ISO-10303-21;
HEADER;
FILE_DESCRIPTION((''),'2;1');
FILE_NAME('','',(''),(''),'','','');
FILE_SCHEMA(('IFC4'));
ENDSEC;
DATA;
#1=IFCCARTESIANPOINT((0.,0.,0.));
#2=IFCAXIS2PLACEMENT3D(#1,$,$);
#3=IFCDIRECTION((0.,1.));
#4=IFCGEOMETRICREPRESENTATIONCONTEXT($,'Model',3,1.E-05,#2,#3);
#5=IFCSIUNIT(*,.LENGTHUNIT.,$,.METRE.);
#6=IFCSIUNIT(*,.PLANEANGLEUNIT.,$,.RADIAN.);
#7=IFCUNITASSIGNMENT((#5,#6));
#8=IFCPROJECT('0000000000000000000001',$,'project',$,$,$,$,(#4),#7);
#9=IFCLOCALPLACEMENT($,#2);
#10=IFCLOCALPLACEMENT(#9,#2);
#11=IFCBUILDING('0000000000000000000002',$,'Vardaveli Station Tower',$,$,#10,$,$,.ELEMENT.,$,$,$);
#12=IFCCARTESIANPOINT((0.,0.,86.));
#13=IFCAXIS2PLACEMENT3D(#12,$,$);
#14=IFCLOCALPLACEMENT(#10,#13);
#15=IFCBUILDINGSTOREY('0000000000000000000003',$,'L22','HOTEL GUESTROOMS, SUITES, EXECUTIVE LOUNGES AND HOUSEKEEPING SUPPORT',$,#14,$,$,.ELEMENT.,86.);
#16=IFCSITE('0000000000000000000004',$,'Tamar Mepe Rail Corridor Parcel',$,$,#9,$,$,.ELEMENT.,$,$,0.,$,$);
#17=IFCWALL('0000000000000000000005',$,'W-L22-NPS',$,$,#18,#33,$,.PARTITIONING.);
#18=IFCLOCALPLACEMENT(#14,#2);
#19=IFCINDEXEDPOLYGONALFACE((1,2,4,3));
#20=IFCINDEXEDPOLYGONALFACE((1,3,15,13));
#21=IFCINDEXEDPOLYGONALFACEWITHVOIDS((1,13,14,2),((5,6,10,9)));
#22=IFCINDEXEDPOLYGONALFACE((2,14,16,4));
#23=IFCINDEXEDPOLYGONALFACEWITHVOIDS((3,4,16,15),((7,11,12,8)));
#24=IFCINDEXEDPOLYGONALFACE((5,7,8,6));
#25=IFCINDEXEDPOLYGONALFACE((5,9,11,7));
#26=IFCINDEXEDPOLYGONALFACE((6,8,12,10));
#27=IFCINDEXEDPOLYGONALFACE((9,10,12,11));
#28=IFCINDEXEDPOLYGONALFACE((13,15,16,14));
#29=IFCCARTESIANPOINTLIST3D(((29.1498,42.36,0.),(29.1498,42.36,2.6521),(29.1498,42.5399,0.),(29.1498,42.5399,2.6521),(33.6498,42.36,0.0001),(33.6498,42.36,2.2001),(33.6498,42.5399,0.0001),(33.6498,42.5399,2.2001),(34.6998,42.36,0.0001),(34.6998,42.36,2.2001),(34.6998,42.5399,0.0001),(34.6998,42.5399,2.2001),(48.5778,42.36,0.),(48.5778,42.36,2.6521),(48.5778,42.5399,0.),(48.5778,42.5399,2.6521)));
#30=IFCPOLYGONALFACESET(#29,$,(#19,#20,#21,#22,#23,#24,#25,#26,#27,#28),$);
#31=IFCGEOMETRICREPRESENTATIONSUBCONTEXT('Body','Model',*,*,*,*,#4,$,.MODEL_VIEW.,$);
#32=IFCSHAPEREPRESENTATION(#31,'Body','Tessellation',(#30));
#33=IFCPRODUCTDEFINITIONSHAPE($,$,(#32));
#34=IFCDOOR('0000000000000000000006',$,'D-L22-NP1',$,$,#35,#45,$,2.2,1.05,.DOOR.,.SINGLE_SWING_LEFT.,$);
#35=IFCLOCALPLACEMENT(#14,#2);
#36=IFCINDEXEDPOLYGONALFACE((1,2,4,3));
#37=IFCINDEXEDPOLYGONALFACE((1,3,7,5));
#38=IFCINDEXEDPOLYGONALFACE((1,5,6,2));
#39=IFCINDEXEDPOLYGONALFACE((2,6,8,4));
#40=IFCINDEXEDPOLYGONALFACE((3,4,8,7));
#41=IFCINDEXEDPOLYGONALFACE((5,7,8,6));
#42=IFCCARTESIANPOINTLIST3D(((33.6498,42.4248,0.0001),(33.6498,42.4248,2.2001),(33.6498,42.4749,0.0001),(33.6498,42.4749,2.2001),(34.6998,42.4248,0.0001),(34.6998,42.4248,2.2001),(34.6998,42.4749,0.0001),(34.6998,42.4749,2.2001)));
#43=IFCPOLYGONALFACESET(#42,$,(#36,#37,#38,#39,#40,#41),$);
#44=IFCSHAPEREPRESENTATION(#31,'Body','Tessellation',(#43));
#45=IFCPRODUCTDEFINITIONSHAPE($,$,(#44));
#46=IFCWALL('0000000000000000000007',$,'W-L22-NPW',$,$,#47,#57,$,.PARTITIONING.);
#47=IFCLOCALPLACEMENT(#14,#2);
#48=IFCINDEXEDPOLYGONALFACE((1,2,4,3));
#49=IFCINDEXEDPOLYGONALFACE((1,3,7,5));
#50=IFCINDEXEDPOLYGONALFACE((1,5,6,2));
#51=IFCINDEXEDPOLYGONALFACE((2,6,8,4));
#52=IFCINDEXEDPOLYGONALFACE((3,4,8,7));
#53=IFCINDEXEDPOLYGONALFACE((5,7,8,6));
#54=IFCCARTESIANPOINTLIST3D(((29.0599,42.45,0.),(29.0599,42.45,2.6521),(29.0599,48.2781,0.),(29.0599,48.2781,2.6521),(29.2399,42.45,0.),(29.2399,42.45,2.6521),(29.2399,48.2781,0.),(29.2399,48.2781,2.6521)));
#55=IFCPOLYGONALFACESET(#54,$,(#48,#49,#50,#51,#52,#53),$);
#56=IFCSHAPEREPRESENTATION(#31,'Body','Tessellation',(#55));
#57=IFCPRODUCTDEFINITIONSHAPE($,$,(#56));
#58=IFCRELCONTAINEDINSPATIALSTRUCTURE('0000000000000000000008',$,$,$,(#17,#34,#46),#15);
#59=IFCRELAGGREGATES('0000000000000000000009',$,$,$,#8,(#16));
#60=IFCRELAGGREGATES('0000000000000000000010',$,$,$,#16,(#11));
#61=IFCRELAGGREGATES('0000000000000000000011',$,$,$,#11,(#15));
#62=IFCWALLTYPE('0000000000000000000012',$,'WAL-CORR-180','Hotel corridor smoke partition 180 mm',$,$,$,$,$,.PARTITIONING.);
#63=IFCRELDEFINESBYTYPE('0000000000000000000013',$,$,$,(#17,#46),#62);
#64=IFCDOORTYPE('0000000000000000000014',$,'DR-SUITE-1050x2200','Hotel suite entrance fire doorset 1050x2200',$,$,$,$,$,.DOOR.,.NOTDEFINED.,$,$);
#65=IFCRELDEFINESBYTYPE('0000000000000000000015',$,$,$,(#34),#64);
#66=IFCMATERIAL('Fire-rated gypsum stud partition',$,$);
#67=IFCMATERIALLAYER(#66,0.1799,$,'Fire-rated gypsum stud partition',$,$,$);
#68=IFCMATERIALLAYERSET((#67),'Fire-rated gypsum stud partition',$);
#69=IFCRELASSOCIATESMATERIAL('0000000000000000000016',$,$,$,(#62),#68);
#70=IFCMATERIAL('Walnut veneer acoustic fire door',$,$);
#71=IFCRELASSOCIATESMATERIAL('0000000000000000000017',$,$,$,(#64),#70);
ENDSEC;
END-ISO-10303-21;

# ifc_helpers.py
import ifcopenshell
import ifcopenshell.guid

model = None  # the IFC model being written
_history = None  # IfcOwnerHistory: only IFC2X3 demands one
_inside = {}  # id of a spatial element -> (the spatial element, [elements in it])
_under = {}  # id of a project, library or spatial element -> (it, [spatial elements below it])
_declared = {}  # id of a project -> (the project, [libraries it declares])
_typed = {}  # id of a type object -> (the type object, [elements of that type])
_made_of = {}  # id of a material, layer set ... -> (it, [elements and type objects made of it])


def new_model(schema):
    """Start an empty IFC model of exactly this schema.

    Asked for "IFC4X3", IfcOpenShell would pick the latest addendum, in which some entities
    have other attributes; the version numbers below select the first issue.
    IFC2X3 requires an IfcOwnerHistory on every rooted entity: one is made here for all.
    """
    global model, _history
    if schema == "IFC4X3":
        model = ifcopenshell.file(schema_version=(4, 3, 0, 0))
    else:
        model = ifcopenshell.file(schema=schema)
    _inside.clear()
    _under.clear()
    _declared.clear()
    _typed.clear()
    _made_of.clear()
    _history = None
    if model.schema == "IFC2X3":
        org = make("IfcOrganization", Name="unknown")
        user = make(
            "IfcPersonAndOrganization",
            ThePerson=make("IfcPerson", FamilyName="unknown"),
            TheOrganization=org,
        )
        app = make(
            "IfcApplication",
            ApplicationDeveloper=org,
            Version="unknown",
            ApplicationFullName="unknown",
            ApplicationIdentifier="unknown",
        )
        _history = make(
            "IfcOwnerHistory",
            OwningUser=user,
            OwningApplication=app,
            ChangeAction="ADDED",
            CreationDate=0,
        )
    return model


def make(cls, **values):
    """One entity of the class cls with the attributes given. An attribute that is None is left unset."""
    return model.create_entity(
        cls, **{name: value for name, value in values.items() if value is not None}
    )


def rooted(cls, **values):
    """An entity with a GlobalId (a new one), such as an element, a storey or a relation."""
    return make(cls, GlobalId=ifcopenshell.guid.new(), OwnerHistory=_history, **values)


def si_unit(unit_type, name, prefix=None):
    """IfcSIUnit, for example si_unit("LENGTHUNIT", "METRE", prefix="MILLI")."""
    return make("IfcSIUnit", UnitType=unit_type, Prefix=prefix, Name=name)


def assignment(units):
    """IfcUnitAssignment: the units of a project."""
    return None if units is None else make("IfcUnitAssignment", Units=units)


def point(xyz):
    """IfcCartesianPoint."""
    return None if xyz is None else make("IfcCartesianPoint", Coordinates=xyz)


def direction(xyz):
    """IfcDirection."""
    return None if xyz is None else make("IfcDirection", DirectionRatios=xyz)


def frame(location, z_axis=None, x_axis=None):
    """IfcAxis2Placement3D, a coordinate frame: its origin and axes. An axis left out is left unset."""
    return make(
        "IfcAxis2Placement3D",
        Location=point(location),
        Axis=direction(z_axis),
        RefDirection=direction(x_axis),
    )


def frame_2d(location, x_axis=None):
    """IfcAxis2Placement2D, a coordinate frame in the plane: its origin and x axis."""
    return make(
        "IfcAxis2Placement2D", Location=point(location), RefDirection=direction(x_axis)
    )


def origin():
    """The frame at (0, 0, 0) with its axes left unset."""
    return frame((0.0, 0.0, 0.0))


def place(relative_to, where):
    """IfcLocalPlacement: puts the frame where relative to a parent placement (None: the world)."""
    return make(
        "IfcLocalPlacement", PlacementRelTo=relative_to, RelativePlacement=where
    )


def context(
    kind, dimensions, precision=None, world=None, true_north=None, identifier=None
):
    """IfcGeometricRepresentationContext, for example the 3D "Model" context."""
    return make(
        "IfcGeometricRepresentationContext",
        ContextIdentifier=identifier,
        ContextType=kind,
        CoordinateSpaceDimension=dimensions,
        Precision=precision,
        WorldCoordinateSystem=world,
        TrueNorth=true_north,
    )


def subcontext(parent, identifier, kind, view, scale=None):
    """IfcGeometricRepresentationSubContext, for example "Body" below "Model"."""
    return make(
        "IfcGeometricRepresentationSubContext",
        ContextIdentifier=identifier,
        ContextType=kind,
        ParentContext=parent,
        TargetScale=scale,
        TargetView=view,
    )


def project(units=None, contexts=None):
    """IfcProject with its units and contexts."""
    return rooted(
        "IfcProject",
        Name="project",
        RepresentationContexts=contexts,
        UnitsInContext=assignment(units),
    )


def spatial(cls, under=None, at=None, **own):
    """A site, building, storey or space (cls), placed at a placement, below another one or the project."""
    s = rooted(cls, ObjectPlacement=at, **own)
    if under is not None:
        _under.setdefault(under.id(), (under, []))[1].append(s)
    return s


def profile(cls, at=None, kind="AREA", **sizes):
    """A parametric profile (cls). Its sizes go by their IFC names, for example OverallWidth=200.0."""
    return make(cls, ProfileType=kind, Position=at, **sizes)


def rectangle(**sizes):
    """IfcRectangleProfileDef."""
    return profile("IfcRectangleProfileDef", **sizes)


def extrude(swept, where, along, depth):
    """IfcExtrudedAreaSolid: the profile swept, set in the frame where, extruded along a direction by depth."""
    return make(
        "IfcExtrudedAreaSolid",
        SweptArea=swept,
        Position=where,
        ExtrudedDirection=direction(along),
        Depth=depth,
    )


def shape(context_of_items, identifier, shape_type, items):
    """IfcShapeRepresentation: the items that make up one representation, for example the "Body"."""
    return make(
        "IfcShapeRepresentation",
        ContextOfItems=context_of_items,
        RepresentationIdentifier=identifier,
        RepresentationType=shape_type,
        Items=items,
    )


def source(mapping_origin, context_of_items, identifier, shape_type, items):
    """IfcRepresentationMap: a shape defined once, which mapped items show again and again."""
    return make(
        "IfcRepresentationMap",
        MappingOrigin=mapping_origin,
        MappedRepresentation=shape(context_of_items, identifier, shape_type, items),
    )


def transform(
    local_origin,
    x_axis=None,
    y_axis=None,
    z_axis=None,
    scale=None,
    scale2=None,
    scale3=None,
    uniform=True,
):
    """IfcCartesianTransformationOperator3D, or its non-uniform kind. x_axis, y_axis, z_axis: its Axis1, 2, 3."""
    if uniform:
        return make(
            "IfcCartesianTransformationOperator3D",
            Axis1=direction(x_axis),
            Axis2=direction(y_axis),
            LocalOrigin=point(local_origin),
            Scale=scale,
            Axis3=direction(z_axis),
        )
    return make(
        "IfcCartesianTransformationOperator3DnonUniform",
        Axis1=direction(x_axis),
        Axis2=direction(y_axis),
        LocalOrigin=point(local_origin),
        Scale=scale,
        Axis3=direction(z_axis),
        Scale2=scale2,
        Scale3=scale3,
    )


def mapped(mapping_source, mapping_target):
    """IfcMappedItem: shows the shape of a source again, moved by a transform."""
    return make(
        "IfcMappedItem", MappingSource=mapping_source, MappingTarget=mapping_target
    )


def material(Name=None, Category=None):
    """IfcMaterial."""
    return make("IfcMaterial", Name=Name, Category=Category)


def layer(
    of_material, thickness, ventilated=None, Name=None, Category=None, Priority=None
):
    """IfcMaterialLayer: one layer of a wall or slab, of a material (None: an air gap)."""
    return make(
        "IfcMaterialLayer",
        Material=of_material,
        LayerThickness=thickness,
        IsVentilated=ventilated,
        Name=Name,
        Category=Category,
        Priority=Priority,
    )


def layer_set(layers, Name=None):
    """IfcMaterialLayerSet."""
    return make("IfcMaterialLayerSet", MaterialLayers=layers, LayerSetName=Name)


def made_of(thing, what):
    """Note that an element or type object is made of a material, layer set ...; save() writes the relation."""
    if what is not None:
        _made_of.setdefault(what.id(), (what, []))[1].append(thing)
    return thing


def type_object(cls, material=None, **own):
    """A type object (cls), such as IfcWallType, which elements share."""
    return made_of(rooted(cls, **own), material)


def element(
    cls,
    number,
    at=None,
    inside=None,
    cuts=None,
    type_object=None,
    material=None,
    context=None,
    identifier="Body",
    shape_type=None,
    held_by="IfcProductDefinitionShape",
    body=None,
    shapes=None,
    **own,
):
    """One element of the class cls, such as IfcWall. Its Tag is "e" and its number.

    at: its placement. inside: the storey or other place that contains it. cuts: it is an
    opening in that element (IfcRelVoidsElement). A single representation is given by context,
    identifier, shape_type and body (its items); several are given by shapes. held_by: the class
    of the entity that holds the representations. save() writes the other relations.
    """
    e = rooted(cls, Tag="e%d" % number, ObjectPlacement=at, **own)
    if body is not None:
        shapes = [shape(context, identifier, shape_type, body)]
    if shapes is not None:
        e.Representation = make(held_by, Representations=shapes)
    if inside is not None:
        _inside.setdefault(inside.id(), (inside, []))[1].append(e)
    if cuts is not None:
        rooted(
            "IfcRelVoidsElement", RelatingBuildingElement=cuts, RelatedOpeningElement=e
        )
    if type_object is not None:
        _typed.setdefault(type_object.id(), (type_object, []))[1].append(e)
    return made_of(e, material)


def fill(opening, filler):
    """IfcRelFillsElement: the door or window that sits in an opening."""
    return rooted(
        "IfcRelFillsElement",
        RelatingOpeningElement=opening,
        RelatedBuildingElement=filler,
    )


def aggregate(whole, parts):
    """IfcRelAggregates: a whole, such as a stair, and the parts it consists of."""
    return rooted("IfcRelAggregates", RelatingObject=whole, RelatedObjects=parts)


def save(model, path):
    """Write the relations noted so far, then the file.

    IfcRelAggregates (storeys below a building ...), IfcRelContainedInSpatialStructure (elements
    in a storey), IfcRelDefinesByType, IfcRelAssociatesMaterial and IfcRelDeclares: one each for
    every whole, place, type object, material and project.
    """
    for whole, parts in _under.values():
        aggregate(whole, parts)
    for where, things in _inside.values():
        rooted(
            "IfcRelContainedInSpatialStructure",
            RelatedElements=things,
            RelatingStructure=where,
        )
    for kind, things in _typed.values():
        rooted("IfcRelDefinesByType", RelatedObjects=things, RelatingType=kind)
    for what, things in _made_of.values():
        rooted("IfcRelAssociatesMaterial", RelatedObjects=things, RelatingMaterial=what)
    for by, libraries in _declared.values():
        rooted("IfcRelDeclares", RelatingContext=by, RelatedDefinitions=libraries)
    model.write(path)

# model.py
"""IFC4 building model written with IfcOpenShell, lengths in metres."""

from ifc_helpers import new_model, si_unit, direction, frame, frame_2d, origin, place, context, subcontext, project, spatial, rectangle, extrude, source, transform, mapped, material, layer, layer_set, type_object, element, fill, save


model = new_model("IFC4")

# Units and contexts
model_context = context("Model", 3, precision=1e-05, world=origin(), true_north=direction((0.0, 1.0)))
body_context = subcontext(model_context, "Body", "Model", "MODEL_VIEW")
ifc_project = project(units=[si_unit("LENGTHUNIT", "METRE"), si_unit("PLANEANGLEUNIT", "RADIAN")], contexts=[model_context])

# Site, building, storey
site_placement = place(None, origin())
site = spatial("IfcSite", under=ifc_project, at=site_placement, Name="Tamar Mepe Rail Corridor Parcel", CompositionType="ELEMENT", RefElevation=0.0)
building_placement = place(site_placement, origin())
building = spatial("IfcBuilding", under=site, at=building_placement, Name="Vardaveli Station Tower", CompositionType="ELEMENT")
storey_placement = place(building_placement, frame((0.0, 0.0, 86.0)))
storey = spatial("IfcBuildingStorey", under=building, at=storey_placement, Name="L22", Description="HOTEL GUESTROOMS, SUITES, EXECUTIVE LOUNGES AND HOUSEKEEPING SUPPORT", CompositionType="ELEMENT", Elevation=86.0)

# Wall, opening, door
ifc_material_1 = material(Name="Fire-rated gypsum stud partition")
ifc_layer_1 = layer(ifc_material_1, 0.1799, Name="Fire-rated gypsum stud partition")
ifc_layer_set_1 = layer_set([ifc_layer_1], Name="Fire-rated gypsum stud partition")
wall_type_1 = type_object("IfcWallType", Name="WAL-CORR-180", Description="Hotel corridor smoke partition 180 mm", PredefinedType="PARTITIONING", material=ifc_layer_set_1)
shared_shape_1 = source(origin(), body_context, "Body", "SweptSolid", [
    extrude(rectangle(XDim=19.428, YDim=0.1799, at=frame_2d((9.7139, 0.0))), origin(), (0.0, 0.0, 1.0), 2.6521),
])
wall_1_placement = place(storey_placement, frame((29.1499, 42.45, 0.0), z_axis=(0.0, 0.0, 1.0), x_axis=(1.0, 0.0, 0.0)))
wall_1 = element("IfcWall", 1, at=wall_1_placement, inside=storey, type_object=wall_type_1, Name="W-L22-NPS", PredefinedType="PARTITIONING", context=body_context, shape_type="MappedRepresentation", body=[
    mapped(shared_shape_1, transform((0.0, 0.0, 0.0), scale=1.0)),
])
shared_shape_2 = source(origin(), body_context, "Body", "SweptSolid", [
    extrude(rectangle(XDim=1.05, YDim=2.2, at=frame_2d((0.5249, 1.1001))), frame((0.0, 0.1001, 0.0), z_axis=(0.0, -1.0, 0.0), x_axis=(1.0, 0.0, 0.0)), (0.0, 0.0, 1.0), 0.2),
])
opening_1_placement = place(wall_1_placement, frame((4.5, 0.0, 0.0)))
opening_1 = element("IfcOpeningElement", 2, at=opening_1_placement, cuts=wall_1, PredefinedType="OPENING", context=body_context, shape_type="MappedRepresentation", body=[
    mapped(shared_shape_2, transform((0.0, 0.0, 0.0), scale=1.0)),
])
ifc_material_2 = material(Name="Walnut veneer acoustic fire door")
door_type = type_object("IfcDoorType", Name="DR-SUITE-1050x2200", Description="Hotel suite entrance fire doorset 1050x2200", OperationType="NOTDEFINED", PredefinedType="DOOR", material=ifc_material_2)
shared_shape_3 = source(origin(), body_context, "Body", "SweptSolid", [
    extrude(rectangle(XDim=1.05, YDim=2.2, at=frame_2d((0.5249, 1.1001))), frame((0.0, 0.0249, 0.0), z_axis=(0.0, -1.0, 0.0), x_axis=(1.0, 0.0, 0.0)), (0.0, 0.0, 1.0), 0.05),
])
door_placement = place(opening_1_placement, origin())
door = element("IfcDoor", 3, at=door_placement, inside=storey, type_object=door_type, Name="D-L22-NP1", OperationType="SINGLE_SWING_LEFT", OverallHeight=2.2, OverallWidth=1.05, PredefinedType="DOOR", context=body_context, shape_type="MappedRepresentation", body=[
    mapped(shared_shape_3, transform((0.0, 0.0, 0.0), scale=1.0)),
])
fill(opening_1, door)

# Wall
shared_shape_4 = source(origin(), body_context, "Body", "SweptSolid", [
    extrude(rectangle(XDim=5.8281, YDim=0.1799, at=frame_2d((2.9141, 0.0))), origin(), (0.0, 0.0, 1.0), 2.6521),
])
wall_2_placement = place(storey_placement, frame((29.1499, 42.45, 0.0), z_axis=(0.0, 0.0, 1.0), x_axis=(0.0, 1.0, 0.0)))
element("IfcWall", 4, at=wall_2_placement, inside=storey, type_object=wall_type_1, Name="W-L22-NPW", PredefinedType="PARTITIONING", context=body_context, shape_type="MappedRepresentation", body=[
    mapped(shared_shape_4, transform((0.0, 0.0, 0.0), scale=1.0)),
])

save(model, "model.ifc")
